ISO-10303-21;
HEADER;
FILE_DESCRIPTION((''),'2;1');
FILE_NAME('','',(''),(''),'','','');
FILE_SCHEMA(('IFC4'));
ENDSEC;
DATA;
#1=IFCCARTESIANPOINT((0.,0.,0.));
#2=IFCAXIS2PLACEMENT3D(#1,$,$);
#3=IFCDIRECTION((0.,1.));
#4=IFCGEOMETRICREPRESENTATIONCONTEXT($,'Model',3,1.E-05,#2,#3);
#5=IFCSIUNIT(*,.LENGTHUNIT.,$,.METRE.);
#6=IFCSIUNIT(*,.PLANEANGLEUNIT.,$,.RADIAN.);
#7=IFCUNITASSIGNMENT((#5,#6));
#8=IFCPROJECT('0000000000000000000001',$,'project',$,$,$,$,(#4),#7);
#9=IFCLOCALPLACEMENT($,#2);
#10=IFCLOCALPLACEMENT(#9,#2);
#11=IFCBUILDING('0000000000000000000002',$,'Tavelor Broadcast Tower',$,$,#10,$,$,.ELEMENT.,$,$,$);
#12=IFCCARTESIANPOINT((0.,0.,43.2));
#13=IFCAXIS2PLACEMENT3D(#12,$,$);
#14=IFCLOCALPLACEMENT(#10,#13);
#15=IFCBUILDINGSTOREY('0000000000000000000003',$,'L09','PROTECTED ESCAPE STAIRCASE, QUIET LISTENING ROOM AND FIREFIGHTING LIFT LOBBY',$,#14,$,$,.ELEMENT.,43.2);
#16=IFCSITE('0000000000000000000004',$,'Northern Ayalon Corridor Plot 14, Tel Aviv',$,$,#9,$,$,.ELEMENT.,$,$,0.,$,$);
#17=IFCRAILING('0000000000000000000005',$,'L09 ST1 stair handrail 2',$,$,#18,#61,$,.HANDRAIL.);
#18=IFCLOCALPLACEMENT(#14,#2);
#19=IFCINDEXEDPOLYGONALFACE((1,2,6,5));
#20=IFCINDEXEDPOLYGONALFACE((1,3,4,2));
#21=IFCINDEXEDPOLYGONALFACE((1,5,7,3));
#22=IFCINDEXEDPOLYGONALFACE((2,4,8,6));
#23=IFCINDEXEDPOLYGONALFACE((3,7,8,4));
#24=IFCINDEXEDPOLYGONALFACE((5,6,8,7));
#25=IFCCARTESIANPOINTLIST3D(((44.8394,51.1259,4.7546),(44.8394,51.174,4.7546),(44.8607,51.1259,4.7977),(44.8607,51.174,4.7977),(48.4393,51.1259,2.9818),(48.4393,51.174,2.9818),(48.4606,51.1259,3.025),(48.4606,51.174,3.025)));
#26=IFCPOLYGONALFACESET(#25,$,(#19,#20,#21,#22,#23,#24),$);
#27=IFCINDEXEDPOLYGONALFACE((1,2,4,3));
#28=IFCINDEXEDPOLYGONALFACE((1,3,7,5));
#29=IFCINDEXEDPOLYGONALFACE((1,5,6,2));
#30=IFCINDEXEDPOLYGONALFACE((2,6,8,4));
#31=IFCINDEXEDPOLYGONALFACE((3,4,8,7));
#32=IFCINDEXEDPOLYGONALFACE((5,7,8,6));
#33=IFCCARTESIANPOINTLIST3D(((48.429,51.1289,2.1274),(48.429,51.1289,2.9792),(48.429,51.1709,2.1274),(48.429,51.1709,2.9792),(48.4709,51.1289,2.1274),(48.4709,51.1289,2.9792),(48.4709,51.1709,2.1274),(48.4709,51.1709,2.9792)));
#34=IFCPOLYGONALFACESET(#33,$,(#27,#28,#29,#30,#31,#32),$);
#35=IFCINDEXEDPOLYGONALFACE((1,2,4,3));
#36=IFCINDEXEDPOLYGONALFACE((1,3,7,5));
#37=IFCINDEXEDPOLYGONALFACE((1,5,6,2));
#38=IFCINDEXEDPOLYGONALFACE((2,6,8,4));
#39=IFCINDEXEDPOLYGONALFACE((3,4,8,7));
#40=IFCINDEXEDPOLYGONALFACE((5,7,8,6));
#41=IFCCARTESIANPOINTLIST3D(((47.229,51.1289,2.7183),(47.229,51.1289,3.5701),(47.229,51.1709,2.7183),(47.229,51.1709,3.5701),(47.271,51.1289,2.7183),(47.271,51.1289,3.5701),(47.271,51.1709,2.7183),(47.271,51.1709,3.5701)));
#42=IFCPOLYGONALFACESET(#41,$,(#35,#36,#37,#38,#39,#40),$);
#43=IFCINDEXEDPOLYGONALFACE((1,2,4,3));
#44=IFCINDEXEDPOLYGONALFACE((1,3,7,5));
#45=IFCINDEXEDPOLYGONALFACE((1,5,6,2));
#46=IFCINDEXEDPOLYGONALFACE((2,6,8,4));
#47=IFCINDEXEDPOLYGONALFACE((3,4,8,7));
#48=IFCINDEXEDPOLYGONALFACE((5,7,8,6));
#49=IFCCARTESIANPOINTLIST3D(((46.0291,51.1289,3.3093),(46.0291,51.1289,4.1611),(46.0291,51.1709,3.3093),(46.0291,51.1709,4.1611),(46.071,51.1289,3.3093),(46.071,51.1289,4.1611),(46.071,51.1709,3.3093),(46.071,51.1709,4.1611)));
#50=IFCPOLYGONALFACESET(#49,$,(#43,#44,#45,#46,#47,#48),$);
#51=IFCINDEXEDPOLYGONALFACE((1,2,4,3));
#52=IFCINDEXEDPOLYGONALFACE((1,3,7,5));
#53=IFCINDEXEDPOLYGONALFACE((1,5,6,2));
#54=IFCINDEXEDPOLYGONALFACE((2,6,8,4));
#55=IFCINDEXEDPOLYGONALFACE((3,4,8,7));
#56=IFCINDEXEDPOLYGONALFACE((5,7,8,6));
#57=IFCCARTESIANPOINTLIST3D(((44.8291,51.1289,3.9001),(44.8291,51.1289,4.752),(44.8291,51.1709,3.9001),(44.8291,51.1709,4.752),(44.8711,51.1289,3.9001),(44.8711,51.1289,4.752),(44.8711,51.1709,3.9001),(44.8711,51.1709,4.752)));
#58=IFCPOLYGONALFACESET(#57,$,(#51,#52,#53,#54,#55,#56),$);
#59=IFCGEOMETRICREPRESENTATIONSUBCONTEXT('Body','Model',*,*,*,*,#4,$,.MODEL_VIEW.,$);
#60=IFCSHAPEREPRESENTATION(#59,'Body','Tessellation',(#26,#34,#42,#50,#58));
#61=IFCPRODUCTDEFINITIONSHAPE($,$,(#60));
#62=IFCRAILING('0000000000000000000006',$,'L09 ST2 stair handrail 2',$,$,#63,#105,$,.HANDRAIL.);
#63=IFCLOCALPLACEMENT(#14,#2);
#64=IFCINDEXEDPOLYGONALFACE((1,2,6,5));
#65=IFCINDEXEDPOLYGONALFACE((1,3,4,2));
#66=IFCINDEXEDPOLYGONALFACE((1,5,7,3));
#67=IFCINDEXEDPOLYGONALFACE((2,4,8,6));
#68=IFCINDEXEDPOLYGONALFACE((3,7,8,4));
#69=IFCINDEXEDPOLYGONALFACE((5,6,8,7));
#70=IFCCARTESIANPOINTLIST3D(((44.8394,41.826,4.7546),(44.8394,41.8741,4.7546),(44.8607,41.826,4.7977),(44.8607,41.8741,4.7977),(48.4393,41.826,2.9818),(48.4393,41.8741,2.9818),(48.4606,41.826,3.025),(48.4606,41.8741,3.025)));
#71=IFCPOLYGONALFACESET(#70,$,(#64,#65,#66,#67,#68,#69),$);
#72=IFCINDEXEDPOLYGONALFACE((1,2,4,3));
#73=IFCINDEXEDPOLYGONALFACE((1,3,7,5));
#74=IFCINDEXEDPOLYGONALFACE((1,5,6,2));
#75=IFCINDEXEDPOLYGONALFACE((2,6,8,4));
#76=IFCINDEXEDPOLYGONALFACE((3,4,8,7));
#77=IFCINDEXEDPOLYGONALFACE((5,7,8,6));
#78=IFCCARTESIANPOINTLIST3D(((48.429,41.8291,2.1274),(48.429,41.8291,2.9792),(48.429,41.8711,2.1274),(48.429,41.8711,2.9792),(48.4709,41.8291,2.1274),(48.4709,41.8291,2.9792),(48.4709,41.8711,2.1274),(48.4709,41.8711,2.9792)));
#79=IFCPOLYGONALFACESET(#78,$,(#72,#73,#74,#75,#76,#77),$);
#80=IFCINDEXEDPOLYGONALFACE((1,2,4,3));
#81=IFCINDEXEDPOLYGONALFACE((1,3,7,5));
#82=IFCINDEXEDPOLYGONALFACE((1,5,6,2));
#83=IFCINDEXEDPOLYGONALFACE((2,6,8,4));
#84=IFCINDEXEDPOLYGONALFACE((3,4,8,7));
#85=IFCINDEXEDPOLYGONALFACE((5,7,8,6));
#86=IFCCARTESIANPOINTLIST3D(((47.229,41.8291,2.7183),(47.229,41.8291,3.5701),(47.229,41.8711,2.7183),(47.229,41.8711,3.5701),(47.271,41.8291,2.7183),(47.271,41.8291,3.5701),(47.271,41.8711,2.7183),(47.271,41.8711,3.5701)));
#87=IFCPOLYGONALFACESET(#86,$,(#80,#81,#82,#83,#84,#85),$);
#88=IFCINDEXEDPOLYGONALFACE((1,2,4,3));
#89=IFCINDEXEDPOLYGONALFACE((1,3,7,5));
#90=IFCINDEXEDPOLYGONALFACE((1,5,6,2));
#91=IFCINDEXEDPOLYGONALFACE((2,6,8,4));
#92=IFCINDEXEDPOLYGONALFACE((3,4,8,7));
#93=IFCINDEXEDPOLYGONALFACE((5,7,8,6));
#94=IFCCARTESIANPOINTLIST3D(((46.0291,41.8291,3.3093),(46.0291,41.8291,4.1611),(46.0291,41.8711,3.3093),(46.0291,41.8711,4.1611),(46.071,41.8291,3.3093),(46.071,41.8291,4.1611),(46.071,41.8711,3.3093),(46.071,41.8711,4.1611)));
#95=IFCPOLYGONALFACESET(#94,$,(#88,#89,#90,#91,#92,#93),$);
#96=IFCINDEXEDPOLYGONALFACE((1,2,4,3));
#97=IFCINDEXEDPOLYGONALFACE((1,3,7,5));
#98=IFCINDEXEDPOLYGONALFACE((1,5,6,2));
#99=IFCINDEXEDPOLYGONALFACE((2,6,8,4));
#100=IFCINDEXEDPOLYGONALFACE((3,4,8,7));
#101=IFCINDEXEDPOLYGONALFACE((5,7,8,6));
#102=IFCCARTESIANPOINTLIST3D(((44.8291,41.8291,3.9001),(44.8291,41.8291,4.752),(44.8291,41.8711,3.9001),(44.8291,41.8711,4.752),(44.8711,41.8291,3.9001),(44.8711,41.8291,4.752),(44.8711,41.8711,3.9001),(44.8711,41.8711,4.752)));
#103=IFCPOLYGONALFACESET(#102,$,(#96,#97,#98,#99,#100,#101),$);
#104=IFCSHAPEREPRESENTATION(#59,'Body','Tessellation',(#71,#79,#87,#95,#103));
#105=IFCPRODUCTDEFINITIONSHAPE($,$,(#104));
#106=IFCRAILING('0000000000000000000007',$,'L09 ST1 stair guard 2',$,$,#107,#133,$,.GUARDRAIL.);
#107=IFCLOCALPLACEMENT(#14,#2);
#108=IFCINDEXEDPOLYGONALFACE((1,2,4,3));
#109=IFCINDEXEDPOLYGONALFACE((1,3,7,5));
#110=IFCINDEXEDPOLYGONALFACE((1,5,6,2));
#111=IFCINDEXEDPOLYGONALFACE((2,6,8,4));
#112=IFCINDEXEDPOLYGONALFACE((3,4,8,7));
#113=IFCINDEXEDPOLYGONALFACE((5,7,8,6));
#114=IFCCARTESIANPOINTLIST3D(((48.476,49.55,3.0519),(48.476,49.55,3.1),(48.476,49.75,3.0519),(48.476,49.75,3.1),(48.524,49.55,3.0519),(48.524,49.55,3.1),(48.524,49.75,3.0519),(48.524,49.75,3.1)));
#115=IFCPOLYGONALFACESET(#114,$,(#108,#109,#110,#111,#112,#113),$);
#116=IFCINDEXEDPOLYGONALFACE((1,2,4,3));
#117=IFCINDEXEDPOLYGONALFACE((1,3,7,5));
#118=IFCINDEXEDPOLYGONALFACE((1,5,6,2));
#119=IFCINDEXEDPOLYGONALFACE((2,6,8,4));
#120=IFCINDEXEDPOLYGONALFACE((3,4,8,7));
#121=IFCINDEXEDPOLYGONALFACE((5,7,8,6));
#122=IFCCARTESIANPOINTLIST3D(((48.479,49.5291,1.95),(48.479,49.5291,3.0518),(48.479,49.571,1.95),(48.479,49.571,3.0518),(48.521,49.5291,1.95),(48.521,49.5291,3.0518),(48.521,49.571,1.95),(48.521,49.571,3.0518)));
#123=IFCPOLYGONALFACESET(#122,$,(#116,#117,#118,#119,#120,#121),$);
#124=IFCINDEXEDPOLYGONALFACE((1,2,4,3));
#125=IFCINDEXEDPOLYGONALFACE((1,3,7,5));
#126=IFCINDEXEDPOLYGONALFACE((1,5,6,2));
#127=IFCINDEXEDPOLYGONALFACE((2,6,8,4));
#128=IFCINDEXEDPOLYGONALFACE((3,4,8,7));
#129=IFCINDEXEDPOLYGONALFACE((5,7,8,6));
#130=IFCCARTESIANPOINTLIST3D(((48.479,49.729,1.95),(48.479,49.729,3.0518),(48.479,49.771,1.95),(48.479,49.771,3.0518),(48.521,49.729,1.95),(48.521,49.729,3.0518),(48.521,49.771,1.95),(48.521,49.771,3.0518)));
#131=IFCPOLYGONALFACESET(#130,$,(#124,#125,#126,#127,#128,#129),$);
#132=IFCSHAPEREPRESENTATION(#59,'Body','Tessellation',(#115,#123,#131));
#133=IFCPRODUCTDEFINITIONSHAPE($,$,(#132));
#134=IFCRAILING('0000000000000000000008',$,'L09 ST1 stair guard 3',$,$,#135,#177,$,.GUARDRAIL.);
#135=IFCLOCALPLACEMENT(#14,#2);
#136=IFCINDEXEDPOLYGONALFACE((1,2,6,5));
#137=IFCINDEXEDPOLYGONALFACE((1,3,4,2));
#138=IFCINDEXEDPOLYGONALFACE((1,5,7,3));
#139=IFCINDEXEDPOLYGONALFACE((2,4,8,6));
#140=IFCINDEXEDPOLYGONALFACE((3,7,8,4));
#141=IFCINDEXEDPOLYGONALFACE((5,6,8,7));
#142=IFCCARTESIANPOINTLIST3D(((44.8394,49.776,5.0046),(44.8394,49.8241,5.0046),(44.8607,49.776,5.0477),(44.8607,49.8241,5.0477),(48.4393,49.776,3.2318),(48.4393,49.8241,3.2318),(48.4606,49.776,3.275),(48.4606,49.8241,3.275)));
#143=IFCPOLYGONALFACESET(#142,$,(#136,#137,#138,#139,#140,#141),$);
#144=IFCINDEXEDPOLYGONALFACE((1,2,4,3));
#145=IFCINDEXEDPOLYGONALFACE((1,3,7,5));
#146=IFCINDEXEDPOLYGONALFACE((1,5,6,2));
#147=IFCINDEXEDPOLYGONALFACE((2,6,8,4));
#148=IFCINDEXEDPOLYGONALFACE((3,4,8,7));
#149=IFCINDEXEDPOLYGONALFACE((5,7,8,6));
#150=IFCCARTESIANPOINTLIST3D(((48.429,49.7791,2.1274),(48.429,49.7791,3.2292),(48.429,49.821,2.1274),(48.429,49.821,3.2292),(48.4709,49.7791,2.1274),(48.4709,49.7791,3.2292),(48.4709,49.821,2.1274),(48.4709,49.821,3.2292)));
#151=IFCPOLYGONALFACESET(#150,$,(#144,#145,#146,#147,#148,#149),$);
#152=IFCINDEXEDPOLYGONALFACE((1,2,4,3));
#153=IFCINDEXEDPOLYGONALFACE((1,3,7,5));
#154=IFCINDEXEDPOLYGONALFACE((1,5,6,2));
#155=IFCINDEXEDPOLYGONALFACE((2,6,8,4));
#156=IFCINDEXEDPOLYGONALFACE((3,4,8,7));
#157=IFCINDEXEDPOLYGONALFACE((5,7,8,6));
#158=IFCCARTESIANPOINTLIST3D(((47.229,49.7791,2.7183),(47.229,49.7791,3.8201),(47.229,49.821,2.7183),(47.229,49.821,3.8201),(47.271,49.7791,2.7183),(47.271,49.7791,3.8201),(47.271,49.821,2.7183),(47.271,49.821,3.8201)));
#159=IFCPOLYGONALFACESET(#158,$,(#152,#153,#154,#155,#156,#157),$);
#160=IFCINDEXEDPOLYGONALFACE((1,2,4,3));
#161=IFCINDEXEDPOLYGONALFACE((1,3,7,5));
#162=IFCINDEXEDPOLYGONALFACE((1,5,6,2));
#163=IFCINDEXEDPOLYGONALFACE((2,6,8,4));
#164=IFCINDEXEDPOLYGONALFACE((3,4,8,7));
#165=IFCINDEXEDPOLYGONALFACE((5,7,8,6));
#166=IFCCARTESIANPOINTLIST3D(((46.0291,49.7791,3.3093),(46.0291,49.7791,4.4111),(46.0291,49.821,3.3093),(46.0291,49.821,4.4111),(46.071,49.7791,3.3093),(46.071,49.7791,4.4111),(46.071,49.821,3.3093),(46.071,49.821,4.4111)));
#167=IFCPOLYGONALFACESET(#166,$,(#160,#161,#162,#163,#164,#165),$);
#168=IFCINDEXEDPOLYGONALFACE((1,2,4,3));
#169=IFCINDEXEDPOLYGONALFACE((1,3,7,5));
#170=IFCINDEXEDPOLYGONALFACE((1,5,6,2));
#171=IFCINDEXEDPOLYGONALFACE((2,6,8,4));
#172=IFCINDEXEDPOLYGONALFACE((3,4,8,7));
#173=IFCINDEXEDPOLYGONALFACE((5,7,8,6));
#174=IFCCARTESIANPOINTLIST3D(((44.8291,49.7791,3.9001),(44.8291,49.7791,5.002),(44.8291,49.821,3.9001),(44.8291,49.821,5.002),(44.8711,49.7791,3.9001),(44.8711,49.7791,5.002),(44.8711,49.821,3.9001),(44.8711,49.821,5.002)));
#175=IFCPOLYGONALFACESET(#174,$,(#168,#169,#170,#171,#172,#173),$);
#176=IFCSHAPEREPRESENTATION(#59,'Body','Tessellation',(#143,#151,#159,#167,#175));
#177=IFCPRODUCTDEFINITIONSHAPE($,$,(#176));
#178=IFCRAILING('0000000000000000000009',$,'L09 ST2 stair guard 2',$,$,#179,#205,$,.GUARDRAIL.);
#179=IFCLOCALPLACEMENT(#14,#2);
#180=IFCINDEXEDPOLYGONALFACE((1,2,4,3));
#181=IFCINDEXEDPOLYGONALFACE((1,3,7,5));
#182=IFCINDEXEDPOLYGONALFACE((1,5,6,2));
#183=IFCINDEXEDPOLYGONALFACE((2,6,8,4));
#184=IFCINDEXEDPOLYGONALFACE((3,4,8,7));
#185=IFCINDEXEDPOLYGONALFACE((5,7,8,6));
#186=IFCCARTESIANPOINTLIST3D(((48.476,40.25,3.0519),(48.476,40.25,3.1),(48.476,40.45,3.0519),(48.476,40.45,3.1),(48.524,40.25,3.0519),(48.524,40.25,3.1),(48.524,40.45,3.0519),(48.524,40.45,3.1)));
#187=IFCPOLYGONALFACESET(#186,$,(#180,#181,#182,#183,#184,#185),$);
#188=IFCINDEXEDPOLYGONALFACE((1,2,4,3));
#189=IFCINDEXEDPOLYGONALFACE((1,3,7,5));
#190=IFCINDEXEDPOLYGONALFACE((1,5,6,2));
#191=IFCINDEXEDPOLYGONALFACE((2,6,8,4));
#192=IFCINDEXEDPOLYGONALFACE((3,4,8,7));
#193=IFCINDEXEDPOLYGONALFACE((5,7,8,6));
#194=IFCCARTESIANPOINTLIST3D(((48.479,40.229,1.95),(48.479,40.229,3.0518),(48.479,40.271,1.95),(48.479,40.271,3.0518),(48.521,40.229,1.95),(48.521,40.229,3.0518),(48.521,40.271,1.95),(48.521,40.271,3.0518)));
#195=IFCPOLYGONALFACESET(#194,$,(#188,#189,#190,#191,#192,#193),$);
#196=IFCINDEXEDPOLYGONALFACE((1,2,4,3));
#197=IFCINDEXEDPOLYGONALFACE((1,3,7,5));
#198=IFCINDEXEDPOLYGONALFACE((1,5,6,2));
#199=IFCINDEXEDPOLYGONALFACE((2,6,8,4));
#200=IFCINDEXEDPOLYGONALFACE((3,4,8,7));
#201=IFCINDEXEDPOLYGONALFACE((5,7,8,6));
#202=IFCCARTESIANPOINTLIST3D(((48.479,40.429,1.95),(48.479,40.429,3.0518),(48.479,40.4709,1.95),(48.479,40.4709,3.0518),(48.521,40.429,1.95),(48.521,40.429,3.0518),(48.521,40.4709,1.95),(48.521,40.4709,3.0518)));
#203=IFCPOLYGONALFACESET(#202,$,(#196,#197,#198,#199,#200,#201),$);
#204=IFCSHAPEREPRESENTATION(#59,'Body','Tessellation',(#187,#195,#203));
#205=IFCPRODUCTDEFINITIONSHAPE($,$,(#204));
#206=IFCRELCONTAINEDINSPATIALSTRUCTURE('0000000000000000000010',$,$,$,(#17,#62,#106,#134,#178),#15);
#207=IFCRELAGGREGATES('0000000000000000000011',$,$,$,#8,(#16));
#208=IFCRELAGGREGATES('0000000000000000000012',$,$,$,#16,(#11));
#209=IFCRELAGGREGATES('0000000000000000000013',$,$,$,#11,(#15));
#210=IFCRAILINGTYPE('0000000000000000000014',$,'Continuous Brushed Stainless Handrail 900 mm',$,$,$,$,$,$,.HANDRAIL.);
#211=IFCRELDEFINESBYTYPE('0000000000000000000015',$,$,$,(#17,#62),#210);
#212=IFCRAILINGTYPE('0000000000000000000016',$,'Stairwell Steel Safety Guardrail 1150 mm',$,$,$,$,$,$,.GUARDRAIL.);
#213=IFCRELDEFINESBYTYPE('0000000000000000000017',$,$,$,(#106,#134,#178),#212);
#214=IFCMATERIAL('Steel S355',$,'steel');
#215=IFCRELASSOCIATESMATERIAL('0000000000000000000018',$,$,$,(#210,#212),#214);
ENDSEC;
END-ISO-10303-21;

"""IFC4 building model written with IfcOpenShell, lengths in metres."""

from ifc_helpers import new_model, si_unit, direction, frame, origin, origin_2d, place, context, subcontext, project, spatial, rectangle, extrude, material, type_object, element, save


model = new_model("IFC4")

# Units and contexts
model_context = context("Model", 3, precision=1e-05, world=origin(), true_north=direction((0.0, 1.0)))
body_context = subcontext(model_context, "Body", "Model", "MODEL_VIEW")
ifc_project = project(units=[si_unit("LENGTHUNIT", "METRE"), si_unit("PLANEANGLEUNIT", "RADIAN")], contexts=[model_context])

# Site, building, storey
site_placement = place(None, origin())
site = spatial("IfcSite", under=ifc_project, at=site_placement, Name="Northern Ayalon Corridor Plot 14, Tel Aviv", CompositionType="ELEMENT", RefElevation=0.0)
building_placement = place(site_placement, origin())
building = spatial("IfcBuilding", under=site, at=building_placement, Name="Tavelor Broadcast Tower", CompositionType="ELEMENT")
storey_placement = place(building_placement, frame((0.0, 0.0, 43.2)))
storey = spatial("IfcBuildingStorey", under=building, at=storey_placement, Name="L09", Description="PROTECTED ESCAPE STAIRCASE, QUIET LISTENING ROOM AND FIREFIGHTING LIFT LOBBY", CompositionType="ELEMENT", Elevation=43.2)

# Shared definitions
ifc_material_1 = material(Name="Steel S355", Category="steel")

# Railings
railing_type_1 = type_object("IfcRailingType", Name="Continuous Brushed Stainless Handrail 900 mm", PredefinedType="HANDRAIL", material=ifc_material_1)
for number, where, name in (
    (1, (48.45, 51.1499, 2.1274), "L09 ST1 stair handrail 2"),
    (2, (48.45, 41.8501, 2.1274), "L09 ST2 stair handrail 2"),
):
    element("IfcRailing", number, at=place(storey_placement, frame(where)), inside=storey, type_object=railing_type_1, Name=name, PredefinedType="HANDRAIL", context=body_context, shape_type="SweptSolid", body=[
        extrude(rectangle(XDim=0.0481, YDim=0.0481, at=origin_2d()), frame((0.0, 0.0, 0.876), z_axis=(-0.897124, 0.0, 0.441778), x_axis=(0.0, -1.0, 0.0)), (0.0, 0.0, 1.0), 4.0127),
        extrude(rectangle(XDim=0.042, YDim=0.042, at=origin_2d()), origin(), (0.0, 0.0, 1.0), 0.8518),
        extrude(rectangle(XDim=0.042, YDim=0.042, at=origin_2d()), frame((-1.2, 0.0, 0.5908)), (0.0, 0.0, 1.0), 0.8518),
        extrude(rectangle(XDim=0.042, YDim=0.042, at=origin_2d()), frame((-2.3999, 0.0, 1.1819)), (0.0, 0.0, 1.0), 0.8518),
        extrude(rectangle(XDim=0.042, YDim=0.042, at=origin_2d()), frame((-3.5999, 0.0, 1.7727)), (0.0, 0.0, 1.0), 0.8518),
    ])
railing_type_2 = type_object("IfcRailingType", Name="Stairwell Steel Safety Guardrail 1150 mm", PredefinedType="GUARDRAIL", material=ifc_material_1)
railing_1_placement = place(storey_placement, frame((48.5, 49.55, 1.95)))
element("IfcRailing", 3, at=railing_1_placement, inside=storey, type_object=railing_type_2, Name="L09 ST1 stair guard 2", PredefinedType="GUARDRAIL", context=body_context, shape_type="SweptSolid", body=[
    extrude(rectangle(XDim=0.0481, YDim=0.0481, at=origin_2d()), frame((0.0, 0.0, 1.126), z_axis=(0.0, 1.0, 0.0), x_axis=(-1.0, 0.0, 0.0)), (0.0, 0.0, 1.0), 0.2),
    extrude(rectangle(XDim=0.042, YDim=0.042, at=origin_2d()), origin(), (0.0, 0.0, 1.0), 1.1018),
    extrude(rectangle(XDim=0.042, YDim=0.042, at=origin_2d()), frame((0.0, 0.2, 0.0)), (0.0, 0.0, 1.0), 1.1018),
])
railing_2_placement = place(storey_placement, frame((48.45, 49.8, 2.1274)))
element("IfcRailing", 4, at=railing_2_placement, inside=storey, type_object=railing_type_2, Name="L09 ST1 stair guard 3", PredefinedType="GUARDRAIL", context=body_context, shape_type="SweptSolid", body=[
    extrude(rectangle(XDim=0.0481, YDim=0.0481, at=origin_2d()), frame((0.0, 0.0, 1.126), z_axis=(-0.897124, 0.0, 0.441778), x_axis=(0.0, -1.0, 0.0)), (0.0, 0.0, 1.0), 4.0127),
    extrude(rectangle(XDim=0.042, YDim=0.042, at=origin_2d()), origin(), (0.0, 0.0, 1.0), 1.1018),
    extrude(rectangle(XDim=0.042, YDim=0.042, at=origin_2d()), frame((-1.2, 0.0, 0.5908)), (0.0, 0.0, 1.0), 1.1018),
    extrude(rectangle(XDim=0.042, YDim=0.042, at=origin_2d()), frame((-2.3999, 0.0, 1.1819)), (0.0, 0.0, 1.0), 1.1018),
    extrude(rectangle(XDim=0.042, YDim=0.042, at=origin_2d()), frame((-3.5999, 0.0, 1.7727)), (0.0, 0.0, 1.0), 1.1018),
])
railing_3_placement = place(storey_placement, frame((48.5, 40.25, 1.95)))
element("IfcRailing", 5, at=railing_3_placement, inside=storey, type_object=railing_type_2, Name="L09 ST2 stair guard 2", PredefinedType="GUARDRAIL", context=body_context, shape_type="SweptSolid", body=[
    extrude(rectangle(XDim=0.0481, YDim=0.0481, at=origin_2d()), frame((0.0, 0.0, 1.126), z_axis=(0.0, 1.0, 0.0), x_axis=(-1.0, 0.0, 0.0)), (0.0, 0.0, 1.0), 0.2),
    extrude(rectangle(XDim=0.042, YDim=0.042, at=origin_2d()), origin(), (0.0, 0.0, 1.0), 1.1018),
    extrude(rectangle(XDim=0.042, YDim=0.042, at=origin_2d()), frame((0.0, 0.2, 0.0)), (0.0, 0.0, 1.0), 1.1018),
])

save(model, "model.ifc")
